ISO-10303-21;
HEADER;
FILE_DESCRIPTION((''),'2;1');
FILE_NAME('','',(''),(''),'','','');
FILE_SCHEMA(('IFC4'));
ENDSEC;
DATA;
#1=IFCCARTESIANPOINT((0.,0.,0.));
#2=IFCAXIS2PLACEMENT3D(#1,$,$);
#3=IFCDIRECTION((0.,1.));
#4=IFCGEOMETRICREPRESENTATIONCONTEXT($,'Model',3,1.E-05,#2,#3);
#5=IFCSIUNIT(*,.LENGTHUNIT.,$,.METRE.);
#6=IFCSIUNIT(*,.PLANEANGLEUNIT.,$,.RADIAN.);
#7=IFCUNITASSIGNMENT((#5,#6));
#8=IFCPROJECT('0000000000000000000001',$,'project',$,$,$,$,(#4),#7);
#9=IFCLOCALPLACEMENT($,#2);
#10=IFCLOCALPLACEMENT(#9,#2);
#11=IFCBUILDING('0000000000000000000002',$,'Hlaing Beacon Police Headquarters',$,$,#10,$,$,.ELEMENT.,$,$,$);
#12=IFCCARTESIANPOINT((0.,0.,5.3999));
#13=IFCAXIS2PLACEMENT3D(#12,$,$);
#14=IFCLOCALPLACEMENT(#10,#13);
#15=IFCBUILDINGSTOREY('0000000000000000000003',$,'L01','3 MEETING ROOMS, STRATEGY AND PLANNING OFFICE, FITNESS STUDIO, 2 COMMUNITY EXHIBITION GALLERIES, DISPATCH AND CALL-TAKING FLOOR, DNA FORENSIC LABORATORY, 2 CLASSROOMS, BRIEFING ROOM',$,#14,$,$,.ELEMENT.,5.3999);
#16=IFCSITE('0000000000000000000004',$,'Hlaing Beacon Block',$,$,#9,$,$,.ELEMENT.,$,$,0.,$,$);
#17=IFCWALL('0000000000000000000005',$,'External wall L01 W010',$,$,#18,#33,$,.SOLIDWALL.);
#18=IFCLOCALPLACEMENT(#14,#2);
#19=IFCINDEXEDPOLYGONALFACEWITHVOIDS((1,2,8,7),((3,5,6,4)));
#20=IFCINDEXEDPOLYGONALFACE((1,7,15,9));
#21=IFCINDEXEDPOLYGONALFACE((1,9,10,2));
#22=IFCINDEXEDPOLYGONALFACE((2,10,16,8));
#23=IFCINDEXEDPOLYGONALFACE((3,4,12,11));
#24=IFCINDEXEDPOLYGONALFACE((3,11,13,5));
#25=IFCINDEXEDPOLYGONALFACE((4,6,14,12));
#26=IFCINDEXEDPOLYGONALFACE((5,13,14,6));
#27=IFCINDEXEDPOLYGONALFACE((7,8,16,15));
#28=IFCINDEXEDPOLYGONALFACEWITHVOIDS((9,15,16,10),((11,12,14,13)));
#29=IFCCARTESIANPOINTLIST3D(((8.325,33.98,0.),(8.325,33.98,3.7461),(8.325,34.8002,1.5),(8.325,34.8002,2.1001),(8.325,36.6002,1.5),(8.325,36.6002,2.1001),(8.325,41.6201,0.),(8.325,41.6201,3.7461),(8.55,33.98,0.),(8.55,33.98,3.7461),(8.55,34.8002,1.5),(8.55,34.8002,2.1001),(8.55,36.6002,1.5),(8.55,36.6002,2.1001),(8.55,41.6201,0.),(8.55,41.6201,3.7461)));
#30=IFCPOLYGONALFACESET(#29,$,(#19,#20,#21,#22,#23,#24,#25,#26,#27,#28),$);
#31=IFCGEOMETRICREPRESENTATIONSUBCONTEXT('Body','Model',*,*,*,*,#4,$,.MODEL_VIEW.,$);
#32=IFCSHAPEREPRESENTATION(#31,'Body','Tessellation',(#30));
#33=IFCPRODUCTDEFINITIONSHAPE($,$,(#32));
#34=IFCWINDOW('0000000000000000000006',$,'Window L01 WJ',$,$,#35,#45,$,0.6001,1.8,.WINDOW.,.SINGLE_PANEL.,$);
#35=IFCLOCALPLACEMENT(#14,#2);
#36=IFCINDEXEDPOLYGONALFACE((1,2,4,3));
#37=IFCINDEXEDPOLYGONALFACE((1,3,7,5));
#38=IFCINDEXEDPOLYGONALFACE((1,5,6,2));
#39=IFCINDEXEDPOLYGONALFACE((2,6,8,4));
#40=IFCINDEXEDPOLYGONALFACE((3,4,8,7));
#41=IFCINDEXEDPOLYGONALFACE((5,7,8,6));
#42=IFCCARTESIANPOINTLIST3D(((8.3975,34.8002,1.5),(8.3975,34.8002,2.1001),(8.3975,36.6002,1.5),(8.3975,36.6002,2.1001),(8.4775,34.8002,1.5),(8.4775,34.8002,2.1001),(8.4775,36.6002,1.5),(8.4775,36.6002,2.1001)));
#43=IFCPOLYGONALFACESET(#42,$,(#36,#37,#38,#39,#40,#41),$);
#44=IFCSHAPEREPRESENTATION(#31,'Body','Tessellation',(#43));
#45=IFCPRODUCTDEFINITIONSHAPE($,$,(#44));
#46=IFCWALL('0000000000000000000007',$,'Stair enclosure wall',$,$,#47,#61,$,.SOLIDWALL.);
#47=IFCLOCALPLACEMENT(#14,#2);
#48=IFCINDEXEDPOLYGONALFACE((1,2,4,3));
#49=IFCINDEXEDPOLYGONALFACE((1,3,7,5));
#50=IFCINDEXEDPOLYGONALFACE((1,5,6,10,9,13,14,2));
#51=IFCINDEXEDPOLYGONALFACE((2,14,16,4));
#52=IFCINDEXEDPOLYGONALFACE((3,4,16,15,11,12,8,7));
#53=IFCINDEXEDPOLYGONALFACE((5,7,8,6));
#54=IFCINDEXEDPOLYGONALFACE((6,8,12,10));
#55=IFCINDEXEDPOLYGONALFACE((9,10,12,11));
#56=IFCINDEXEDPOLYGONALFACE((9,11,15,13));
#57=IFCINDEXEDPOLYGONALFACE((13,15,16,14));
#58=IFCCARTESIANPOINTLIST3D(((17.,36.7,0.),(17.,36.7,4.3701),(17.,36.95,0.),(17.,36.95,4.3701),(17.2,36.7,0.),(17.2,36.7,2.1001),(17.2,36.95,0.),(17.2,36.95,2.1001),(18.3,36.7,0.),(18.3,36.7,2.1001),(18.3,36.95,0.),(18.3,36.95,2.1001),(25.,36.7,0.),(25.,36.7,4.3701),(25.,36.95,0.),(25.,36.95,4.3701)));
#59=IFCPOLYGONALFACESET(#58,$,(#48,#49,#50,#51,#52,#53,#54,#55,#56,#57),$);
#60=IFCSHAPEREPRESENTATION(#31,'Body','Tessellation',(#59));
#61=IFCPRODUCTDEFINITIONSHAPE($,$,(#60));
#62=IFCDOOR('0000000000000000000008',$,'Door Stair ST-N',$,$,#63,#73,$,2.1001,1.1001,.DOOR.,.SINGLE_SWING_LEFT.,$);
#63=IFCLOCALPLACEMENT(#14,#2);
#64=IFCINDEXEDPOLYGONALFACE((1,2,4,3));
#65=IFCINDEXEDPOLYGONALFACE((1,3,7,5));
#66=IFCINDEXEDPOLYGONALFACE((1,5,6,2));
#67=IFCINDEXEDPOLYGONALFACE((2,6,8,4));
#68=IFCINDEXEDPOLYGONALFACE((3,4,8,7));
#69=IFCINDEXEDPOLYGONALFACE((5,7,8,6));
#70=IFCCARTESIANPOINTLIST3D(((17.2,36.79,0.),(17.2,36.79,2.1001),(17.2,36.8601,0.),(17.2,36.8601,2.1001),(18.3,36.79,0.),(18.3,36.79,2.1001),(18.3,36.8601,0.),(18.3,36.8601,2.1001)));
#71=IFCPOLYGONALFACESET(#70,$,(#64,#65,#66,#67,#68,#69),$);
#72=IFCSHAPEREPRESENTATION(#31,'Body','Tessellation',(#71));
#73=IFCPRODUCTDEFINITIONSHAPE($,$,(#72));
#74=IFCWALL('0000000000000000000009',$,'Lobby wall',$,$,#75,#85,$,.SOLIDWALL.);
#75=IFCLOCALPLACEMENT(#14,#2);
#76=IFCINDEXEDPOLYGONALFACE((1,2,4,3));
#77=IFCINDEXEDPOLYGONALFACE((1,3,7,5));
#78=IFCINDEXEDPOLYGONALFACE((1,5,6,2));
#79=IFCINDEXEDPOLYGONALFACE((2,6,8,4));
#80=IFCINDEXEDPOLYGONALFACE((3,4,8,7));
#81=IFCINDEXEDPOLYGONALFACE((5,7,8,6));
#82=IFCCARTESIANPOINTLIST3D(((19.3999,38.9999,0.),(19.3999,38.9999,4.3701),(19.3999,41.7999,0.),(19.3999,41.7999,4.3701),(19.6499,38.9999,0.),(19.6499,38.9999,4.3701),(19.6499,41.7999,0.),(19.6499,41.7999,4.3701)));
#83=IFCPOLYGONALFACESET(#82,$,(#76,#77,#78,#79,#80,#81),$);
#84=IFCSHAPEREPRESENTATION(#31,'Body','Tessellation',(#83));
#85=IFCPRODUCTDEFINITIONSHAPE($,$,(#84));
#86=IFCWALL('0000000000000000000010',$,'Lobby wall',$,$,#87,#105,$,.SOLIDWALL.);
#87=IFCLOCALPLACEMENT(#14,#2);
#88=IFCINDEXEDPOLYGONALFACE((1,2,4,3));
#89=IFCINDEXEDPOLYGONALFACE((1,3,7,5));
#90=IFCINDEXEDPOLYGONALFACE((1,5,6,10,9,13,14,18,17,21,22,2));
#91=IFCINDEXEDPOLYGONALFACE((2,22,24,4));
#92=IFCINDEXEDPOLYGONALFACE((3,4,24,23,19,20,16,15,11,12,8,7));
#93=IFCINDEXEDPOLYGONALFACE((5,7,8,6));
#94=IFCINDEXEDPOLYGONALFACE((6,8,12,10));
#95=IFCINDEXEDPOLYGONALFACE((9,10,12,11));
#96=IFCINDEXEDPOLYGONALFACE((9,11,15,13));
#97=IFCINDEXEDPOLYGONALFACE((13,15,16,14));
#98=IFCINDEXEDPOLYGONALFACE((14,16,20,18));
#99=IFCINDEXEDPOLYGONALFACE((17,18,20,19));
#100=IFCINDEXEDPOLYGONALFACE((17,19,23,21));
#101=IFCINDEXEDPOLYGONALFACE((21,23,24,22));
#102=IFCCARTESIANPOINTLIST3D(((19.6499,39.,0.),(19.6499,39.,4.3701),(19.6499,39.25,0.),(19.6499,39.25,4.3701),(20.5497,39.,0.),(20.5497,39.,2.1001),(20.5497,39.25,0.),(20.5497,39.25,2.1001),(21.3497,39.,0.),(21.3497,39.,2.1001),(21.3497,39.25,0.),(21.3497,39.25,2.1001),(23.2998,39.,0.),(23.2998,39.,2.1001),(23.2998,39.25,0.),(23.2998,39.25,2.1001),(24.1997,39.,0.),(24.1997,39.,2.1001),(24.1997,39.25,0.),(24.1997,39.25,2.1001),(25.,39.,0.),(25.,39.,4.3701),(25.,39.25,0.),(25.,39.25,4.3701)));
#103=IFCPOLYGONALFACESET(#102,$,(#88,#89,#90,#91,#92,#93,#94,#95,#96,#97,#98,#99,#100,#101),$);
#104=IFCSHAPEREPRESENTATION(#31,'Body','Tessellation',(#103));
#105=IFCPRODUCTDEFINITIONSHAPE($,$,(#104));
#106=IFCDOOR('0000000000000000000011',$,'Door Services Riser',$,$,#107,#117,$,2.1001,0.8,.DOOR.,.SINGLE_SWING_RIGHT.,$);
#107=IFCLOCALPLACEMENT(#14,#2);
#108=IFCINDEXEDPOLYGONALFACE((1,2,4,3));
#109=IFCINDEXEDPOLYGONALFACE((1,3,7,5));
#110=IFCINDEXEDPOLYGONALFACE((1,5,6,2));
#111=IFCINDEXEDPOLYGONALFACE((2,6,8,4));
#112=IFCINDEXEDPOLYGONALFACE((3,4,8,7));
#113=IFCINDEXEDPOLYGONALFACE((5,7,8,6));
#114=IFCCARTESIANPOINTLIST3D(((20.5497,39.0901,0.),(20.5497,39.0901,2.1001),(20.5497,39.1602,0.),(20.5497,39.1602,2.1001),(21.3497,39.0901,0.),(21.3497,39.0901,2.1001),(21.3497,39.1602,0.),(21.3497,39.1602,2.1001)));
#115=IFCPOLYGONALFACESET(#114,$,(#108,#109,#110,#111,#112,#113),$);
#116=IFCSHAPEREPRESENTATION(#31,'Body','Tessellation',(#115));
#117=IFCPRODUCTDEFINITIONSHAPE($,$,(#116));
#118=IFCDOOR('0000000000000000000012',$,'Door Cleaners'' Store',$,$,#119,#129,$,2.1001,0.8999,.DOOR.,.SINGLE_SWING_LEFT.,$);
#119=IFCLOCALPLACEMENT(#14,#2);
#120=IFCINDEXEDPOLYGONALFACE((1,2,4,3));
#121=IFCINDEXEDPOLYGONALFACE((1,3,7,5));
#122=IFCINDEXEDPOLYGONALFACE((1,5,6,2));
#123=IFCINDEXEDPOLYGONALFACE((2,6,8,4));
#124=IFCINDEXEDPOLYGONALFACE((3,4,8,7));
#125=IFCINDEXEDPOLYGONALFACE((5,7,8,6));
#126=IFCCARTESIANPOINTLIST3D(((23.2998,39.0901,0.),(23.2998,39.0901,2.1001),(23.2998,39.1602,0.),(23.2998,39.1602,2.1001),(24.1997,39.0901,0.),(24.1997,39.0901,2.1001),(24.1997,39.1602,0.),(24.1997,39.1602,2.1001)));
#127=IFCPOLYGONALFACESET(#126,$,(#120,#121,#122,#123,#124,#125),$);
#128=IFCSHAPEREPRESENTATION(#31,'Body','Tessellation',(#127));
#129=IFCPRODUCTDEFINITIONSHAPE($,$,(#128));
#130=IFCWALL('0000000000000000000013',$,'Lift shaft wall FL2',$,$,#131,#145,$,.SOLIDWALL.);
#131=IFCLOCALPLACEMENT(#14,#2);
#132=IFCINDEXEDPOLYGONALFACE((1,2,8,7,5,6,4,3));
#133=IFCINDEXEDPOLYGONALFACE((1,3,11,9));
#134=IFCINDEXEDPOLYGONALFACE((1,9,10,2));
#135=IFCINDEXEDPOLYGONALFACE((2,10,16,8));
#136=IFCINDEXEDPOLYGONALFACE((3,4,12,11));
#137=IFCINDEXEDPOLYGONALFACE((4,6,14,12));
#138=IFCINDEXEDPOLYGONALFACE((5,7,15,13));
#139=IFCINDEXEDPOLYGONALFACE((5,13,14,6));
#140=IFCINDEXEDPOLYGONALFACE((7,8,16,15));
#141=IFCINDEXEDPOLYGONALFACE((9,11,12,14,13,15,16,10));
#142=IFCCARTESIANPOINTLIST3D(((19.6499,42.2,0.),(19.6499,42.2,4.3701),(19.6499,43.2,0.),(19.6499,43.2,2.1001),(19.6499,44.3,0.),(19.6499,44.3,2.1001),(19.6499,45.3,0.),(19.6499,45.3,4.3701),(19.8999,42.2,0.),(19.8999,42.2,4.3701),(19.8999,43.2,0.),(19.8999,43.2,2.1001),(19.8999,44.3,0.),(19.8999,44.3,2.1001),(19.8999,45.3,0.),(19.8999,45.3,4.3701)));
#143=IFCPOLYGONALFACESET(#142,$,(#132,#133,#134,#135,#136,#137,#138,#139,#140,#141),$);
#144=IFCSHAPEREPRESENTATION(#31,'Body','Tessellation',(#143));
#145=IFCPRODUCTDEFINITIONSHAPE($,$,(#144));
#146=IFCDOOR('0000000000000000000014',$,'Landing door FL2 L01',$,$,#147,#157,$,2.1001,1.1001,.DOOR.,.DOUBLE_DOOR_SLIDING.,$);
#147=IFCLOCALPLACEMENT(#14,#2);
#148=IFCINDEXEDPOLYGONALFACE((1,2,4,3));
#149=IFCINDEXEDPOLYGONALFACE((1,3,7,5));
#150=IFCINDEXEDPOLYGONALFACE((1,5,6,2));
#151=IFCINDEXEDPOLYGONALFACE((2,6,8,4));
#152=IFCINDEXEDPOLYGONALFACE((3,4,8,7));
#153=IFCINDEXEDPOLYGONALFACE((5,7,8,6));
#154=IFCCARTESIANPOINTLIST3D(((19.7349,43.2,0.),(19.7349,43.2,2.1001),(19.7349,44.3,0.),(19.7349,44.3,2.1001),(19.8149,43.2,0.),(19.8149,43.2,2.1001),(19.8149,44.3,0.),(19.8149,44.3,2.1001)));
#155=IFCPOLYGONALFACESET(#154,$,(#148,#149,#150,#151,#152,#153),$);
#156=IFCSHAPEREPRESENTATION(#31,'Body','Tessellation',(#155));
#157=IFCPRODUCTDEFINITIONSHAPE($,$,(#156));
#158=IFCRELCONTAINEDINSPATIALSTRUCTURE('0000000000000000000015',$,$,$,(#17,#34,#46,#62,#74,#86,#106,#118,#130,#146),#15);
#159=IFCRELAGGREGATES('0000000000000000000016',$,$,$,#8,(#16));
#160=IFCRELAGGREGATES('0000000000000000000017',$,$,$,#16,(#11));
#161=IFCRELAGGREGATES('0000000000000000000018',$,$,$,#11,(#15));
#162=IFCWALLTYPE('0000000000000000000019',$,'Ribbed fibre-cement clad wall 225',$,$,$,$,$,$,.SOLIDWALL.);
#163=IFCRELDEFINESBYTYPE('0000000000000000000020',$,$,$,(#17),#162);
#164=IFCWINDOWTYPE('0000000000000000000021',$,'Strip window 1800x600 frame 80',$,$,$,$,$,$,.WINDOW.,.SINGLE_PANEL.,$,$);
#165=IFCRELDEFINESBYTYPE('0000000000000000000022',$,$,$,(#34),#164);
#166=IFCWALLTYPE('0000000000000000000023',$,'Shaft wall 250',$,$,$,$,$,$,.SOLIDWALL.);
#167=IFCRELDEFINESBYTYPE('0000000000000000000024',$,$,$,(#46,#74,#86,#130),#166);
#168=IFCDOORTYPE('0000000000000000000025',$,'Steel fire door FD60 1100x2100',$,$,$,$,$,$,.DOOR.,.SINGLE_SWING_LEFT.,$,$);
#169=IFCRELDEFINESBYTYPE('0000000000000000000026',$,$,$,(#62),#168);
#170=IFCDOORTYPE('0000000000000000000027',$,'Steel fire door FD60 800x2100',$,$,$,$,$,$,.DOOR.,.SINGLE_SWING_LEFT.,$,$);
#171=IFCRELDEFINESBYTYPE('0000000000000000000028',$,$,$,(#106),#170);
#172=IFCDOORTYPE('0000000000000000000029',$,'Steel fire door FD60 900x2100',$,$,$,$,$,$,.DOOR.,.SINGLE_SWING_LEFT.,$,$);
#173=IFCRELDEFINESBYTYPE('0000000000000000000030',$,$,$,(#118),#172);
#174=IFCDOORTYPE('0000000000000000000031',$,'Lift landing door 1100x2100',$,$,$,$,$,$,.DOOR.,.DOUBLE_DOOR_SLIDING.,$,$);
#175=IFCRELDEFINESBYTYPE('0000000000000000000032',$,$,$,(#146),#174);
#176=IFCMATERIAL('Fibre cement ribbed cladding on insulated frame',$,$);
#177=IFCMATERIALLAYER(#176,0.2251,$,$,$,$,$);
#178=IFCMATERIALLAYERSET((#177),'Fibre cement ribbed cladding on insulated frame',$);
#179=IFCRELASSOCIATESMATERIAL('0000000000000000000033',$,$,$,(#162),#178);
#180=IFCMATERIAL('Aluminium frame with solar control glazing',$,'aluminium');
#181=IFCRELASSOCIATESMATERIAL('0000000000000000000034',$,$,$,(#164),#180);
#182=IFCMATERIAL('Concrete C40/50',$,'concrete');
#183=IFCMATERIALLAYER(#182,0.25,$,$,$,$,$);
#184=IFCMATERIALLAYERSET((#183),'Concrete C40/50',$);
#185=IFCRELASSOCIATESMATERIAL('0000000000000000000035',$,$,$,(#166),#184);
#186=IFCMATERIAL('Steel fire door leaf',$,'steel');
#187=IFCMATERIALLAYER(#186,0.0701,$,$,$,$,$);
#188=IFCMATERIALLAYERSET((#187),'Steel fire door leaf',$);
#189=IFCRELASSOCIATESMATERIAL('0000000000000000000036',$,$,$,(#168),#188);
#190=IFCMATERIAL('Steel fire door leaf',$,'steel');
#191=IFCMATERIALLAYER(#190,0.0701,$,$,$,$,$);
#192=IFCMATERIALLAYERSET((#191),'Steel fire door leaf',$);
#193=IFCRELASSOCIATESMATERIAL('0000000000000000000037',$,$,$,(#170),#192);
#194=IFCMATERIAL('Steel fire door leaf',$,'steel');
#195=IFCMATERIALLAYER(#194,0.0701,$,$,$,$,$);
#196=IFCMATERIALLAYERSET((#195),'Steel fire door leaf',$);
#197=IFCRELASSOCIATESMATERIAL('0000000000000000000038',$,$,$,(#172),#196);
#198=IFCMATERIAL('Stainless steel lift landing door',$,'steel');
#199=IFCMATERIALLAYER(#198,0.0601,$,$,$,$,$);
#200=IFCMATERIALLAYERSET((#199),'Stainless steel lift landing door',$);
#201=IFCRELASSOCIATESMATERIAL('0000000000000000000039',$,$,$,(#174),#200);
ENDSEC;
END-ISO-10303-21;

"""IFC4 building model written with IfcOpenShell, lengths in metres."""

from ifc_helpers import new_model, si_unit, direction, frame, frame_2d, origin, place, context, subcontext, project, spatial, rectangle, extrude, material, layer, layer_set, type_object, element, fill, save


model = new_model("IFC4")

# Units and contexts
model_context = context("Model", 3, precision=1e-05, world=origin(), true_north=direction((0.0, 1.0)))
body_context = subcontext(model_context, "Body", "Model", "MODEL_VIEW")
ifc_project = project(units=[si_unit("LENGTHUNIT", "METRE"), si_unit("PLANEANGLEUNIT", "RADIAN")], contexts=[model_context])

# Site, building, storey
site_placement = place(None, origin())
site = spatial("IfcSite", under=ifc_project, at=site_placement, Name="Hlaing Beacon Block", CompositionType="ELEMENT", RefElevation=0.0)
building_placement = place(site_placement, origin())
building = spatial("IfcBuilding", under=site, at=building_placement, Name="Hlaing Beacon Police Headquarters", CompositionType="ELEMENT")
storey_placement = place(building_placement, frame((0.0, 0.0, 5.3999)))
storey = spatial("IfcBuildingStorey", under=building, at=storey_placement, Name="L01", Description="3 MEETING ROOMS, STRATEGY AND PLANNING OFFICE, FITNESS STUDIO, 2 COMMUNITY EXHIBITION GALLERIES, DISPATCH AND CALL-TAKING FLOOR, DNA FORENSIC LABORATORY, 2 CLASSROOMS, BRIEFING ROOM", CompositionType="ELEMENT", Elevation=5.3999)

# Wall, opening, window
ifc_material_1 = material(Name="Fibre cement ribbed cladding on insulated frame")
ifc_layer_1 = layer(ifc_material_1, 0.2251)
ifc_layer_set_1 = layer_set([ifc_layer_1], Name="Fibre cement ribbed cladding on insulated frame")
wall_type_1 = type_object("IfcWallType", Name="Ribbed fibre-cement clad wall 225", PredefinedType="SOLIDWALL", material=ifc_layer_set_1)
wall_1_placement = place(storey_placement, frame((8.4375, 41.6201, 0.0), z_axis=(0.0, 0.0, 1.0), x_axis=(0.0, -1.0, 0.0)))
wall_1 = element("IfcWall", 1, at=wall_1_placement, inside=storey, type_object=wall_type_1, Name="External wall L01 W010", PredefinedType="SOLIDWALL", context=body_context, shape_type="SweptSolid", body=[
    extrude(rectangle(XDim=7.6401, YDim=0.2251, at=frame_2d((3.8201, 0.0))), origin(), (0.0, 0.0, 1.0), 3.7461),
])
opening_1_placement = place(wall_1_placement, frame((5.02, 0.0, 1.5)))
opening_1 = element("IfcOpeningElement", 2, at=opening_1_placement, cuts=wall_1, PredefinedType="OPENING", context=body_context, shape_type="SweptSolid", body=[
    extrude(rectangle(XDim=1.8, YDim=0.6001, at=frame_2d((0.8999, 0.3))), frame((0.0, 0.1226, 0.0), z_axis=(0.0, -1.0, 0.0), x_axis=(1.0, 0.0, 0.0)), (0.0, 0.0, 1.0), 0.2451),
])
ifc_material_2 = material(Name="Aluminium frame with solar control glazing", Category="aluminium")
window_type = type_object("IfcWindowType", Name="Strip window 1800x600 frame 80", PartitioningType="SINGLE_PANEL", PredefinedType="WINDOW", material=ifc_material_2)
window_placement = place(opening_1_placement, origin())
window = element("IfcWindow", 3, at=window_placement, inside=storey, type_object=window_type, Name="Window L01 WJ", OverallHeight=0.6001, OverallWidth=1.8, PartitioningType="SINGLE_PANEL", PredefinedType="WINDOW", context=body_context, shape_type="SweptSolid", body=[
    extrude(rectangle(XDim=1.8, YDim=0.6001, at=frame_2d((0.8999, 0.3))), frame((0.0, 0.04, 0.0), z_axis=(0.0, -1.0, 0.0), x_axis=(1.0, 0.0, 0.0)), (0.0, 0.0, 1.0), 0.0801),
])
fill(opening_1, window)

# Wall, opening, door
ifc_material_3 = material(Name="Concrete C40/50", Category="concrete")
ifc_layer_2 = layer(ifc_material_3, 0.25)
ifc_layer_set_2 = layer_set([ifc_layer_2], Name="Concrete C40/50")
wall_type_2 = type_object("IfcWallType", Name="Shaft wall 250", PredefinedType="SOLIDWALL", material=ifc_layer_set_2)
wall_2_placement = place(storey_placement, frame((17.0, 36.825, 0.0), z_axis=(0.0, 0.0, 1.0), x_axis=(1.0, 0.0, 0.0)))
wall_2 = element("IfcWall", 4, at=wall_2_placement, inside=storey, type_object=wall_type_2, Name="Stair enclosure wall", PredefinedType="SOLIDWALL", context=body_context, shape_type="SweptSolid", body=[
    extrude(rectangle(XDim=8.0, YDim=0.25, at=frame_2d((4.0, 0.0))), origin(), (0.0, 0.0, 1.0), 4.3701),
])
opening_2_placement = place(wall_2_placement, frame((0.2, 0.0, 0.0)))
opening_2 = element("IfcOpeningElement", 5, at=opening_2_placement, cuts=wall_2, PredefinedType="OPENING", context=body_context, shape_type="SweptSolid", body=[
    extrude(rectangle(XDim=1.1001, YDim=2.1001, at=frame_2d((0.55, 1.05))), frame((0.0, 0.135, 0.0), z_axis=(0.0, -1.0, 0.0), x_axis=(1.0, 0.0, 0.0)), (0.0, 0.0, 1.0), 0.27),
])
ifc_material_4 = material(Name="Steel fire door leaf", Category="steel")
ifc_layer_3 = layer(ifc_material_4, 0.0701)
ifc_layer_set_3 = layer_set([ifc_layer_3], Name="Steel fire door leaf")
door_type_1 = type_object("IfcDoorType", Name="Steel fire door FD60 1100x2100", OperationType="SINGLE_SWING_LEFT", PredefinedType="DOOR", material=ifc_layer_set_3)
door_1_placement = place(opening_2_placement, frame((1.1001, 0.0, 0.0), z_axis=(0.0, 0.0, 1.0), x_axis=(-1.0, 0.0, 0.0)))
door_1 = element("IfcDoor", 6, at=door_1_placement, inside=storey, type_object=door_type_1, Name="Door Stair ST-N", OperationType="SINGLE_SWING_LEFT", OverallHeight=2.1001, OverallWidth=1.1001, PredefinedType="DOOR", context=body_context, shape_type="SweptSolid", body=[
    extrude(rectangle(XDim=1.1001, YDim=2.1001, at=frame_2d((0.55, 1.05))), frame((0.0, 0.0349, 0.0), z_axis=(0.0, -1.0, 0.0), x_axis=(1.0, 0.0, 0.0)), (0.0, 0.0, 1.0), 0.0701),
])
fill(opening_2, door_1)

# Wall
wall_3_placement = place(storey_placement, frame((19.5249, 39.0, 0.0), z_axis=(0.0, 0.0, 1.0), x_axis=(0.0, 1.0, 0.0)))
element("IfcWall", 7, at=wall_3_placement, inside=storey, type_object=wall_type_2, Name="Lobby wall", PredefinedType="SOLIDWALL", context=body_context, shape_type="SweptSolid", body=[
    extrude(rectangle(XDim=2.8, YDim=0.25, at=frame_2d((1.3999, 0.0))), origin(), (0.0, 0.0, 1.0), 4.3701),
])

# Wall, openings, doors
wall_4_placement = place(storey_placement, frame((19.6499, 39.125, 0.0), z_axis=(0.0, 0.0, 1.0), x_axis=(1.0, 0.0, 0.0)))
wall_4 = element("IfcWall", 8, at=wall_4_placement, inside=storey, type_object=wall_type_2, Name="Lobby wall", PredefinedType="SOLIDWALL", context=body_context, shape_type="SweptSolid", body=[
    extrude(rectangle(XDim=5.3501, YDim=0.25, at=frame_2d((2.675, 0.0))), origin(), (0.0, 0.0, 1.0), 4.3701),
])
opening_3_placement = place(wall_4_placement, frame((3.6499, 0.0, 0.0)))
opening_3 = element("IfcOpeningElement", 9, at=opening_3_placement, cuts=wall_4, PredefinedType="OPENING", context=body_context, shape_type="SweptSolid", body=[
    extrude(rectangle(XDim=0.8999, YDim=2.1001, at=frame_2d((0.45, 1.05))), frame((0.0, 0.135, 0.0), z_axis=(0.0, -1.0, 0.0), x_axis=(1.0, 0.0, 0.0)), (0.0, 0.0, 1.0), 0.27),
])
opening_4_placement = place(wall_4_placement, frame((0.8999, 0.0, 0.0)))
opening_4 = element("IfcOpeningElement", 10, at=opening_4_placement, cuts=wall_4, PredefinedType="OPENING", context=body_context, shape_type="SweptSolid", body=[
    extrude(rectangle(XDim=0.8, YDim=2.1001, at=frame_2d((0.3999, 1.05))), frame((0.0, 0.135, 0.0), z_axis=(0.0, -1.0, 0.0), x_axis=(1.0, 0.0, 0.0)), (0.0, 0.0, 1.0), 0.27),
])
ifc_material_5 = material(Name="Steel fire door leaf", Category="steel")
ifc_layer_4 = layer(ifc_material_5, 0.0701)
ifc_layer_set_4 = layer_set([ifc_layer_4], Name="Steel fire door leaf")
door_type_2 = type_object("IfcDoorType", Name="Steel fire door FD60 800x2100", OperationType="SINGLE_SWING_LEFT", PredefinedType="DOOR", material=ifc_layer_set_4)
door_2_placement = place(opening_4_placement, origin())
door_2 = element("IfcDoor", 11, at=door_2_placement, inside=storey, type_object=door_type_2, Name="Door Services Riser", OperationType="SINGLE_SWING_RIGHT", OverallHeight=2.1001, OverallWidth=0.8, PredefinedType="DOOR", context=body_context, shape_type="SweptSolid", body=[
    extrude(rectangle(XDim=0.8, YDim=2.1001, at=frame_2d((0.3999, 1.05))), frame((0.0, 0.0352, 0.0), z_axis=(0.0, -1.0, 0.0), x_axis=(1.0, 0.0, 0.0)), (0.0, 0.0, 1.0), 0.0701),
])
fill(opening_4, door_2)
ifc_material_6 = material(Name="Steel fire door leaf", Category="steel")
ifc_layer_5 = layer(ifc_material_6, 0.0701)
ifc_layer_set_5 = layer_set([ifc_layer_5], Name="Steel fire door leaf")
door_type_3 = type_object("IfcDoorType", Name="Steel fire door FD60 900x2100", OperationType="SINGLE_SWING_LEFT", PredefinedType="DOOR", material=ifc_layer_set_5)
door_3_placement = place(opening_3_placement, origin())
door_3 = element("IfcDoor", 12, at=door_3_placement, inside=storey, type_object=door_type_3, Name="Door Cleaners' Store", OperationType="SINGLE_SWING_LEFT", OverallHeight=2.1001, OverallWidth=0.8999, PredefinedType="DOOR", context=body_context, shape_type="SweptSolid", body=[
    extrude(rectangle(XDim=0.8999, YDim=2.1001, at=frame_2d((0.45, 1.05))), frame((0.0, 0.0352, 0.0), z_axis=(0.0, -1.0, 0.0), x_axis=(1.0, 0.0, 0.0)), (0.0, 0.0, 1.0), 0.0701),
])
fill(opening_3, door_3)

# Wall, opening, door
wall_5_placement = place(storey_placement, frame((19.7749, 42.2, 0.0), z_axis=(0.0, 0.0, 1.0), x_axis=(0.0, 1.0, 0.0)))
wall_5 = element("IfcWall", 13, at=wall_5_placement, inside=storey, type_object=wall_type_2, Name="Lift shaft wall FL2", PredefinedType="SOLIDWALL", context=body_context, shape_type="SweptSolid", body=[
    extrude(rectangle(XDim=3.1001, YDim=0.25, at=frame_2d((1.55, 0.0))), origin(), (0.0, 0.0, 1.0), 4.3701),
])
opening_5_placement = place(wall_5_placement, frame((1.0, 0.0, 0.0)))
opening_5 = element("IfcOpeningElement", 14, at=opening_5_placement, cuts=wall_5, PredefinedType="OPENING", context=body_context, shape_type="SweptSolid", body=[
    extrude(rectangle(XDim=1.1001, YDim=2.1001, at=frame_2d((0.55, 1.05))), frame((0.0, 0.135, 0.0), z_axis=(0.0, -1.0, 0.0), x_axis=(1.0, 0.0, 0.0)), (0.0, 0.0, 1.0), 0.27),
])
ifc_material_7 = material(Name="Stainless steel lift landing door", Category="steel")
ifc_layer_6 = layer(ifc_material_7, 0.0601)
ifc_layer_set_6 = layer_set([ifc_layer_6], Name="Stainless steel lift landing door")
door_type_4 = type_object("IfcDoorType", Name="Lift landing door 1100x2100", OperationType="DOUBLE_DOOR_SLIDING", PredefinedType="DOOR", material=ifc_layer_set_6)
door_4_placement = place(opening_5_placement, origin())
door_4 = element("IfcDoor", 15, at=door_4_placement, inside=storey, type_object=door_type_4, Name="Landing door FL2 L01", OperationType="DOUBLE_DOOR_SLIDING", OverallHeight=2.1001, OverallWidth=1.1001, PredefinedType="DOOR", context=body_context, shape_type="SweptSolid", body=[
    extrude(rectangle(XDim=1.1001, YDim=2.1001, at=frame_2d((0.55, 1.05))), frame((0.0, 0.04, 0.0), z_axis=(0.0, -1.0, 0.0), x_axis=(1.0, 0.0, 0.0)), (0.0, 0.0, 1.0), 0.0801),
])
fill(opening_5, door_4)

save(model, "model.ifc")
